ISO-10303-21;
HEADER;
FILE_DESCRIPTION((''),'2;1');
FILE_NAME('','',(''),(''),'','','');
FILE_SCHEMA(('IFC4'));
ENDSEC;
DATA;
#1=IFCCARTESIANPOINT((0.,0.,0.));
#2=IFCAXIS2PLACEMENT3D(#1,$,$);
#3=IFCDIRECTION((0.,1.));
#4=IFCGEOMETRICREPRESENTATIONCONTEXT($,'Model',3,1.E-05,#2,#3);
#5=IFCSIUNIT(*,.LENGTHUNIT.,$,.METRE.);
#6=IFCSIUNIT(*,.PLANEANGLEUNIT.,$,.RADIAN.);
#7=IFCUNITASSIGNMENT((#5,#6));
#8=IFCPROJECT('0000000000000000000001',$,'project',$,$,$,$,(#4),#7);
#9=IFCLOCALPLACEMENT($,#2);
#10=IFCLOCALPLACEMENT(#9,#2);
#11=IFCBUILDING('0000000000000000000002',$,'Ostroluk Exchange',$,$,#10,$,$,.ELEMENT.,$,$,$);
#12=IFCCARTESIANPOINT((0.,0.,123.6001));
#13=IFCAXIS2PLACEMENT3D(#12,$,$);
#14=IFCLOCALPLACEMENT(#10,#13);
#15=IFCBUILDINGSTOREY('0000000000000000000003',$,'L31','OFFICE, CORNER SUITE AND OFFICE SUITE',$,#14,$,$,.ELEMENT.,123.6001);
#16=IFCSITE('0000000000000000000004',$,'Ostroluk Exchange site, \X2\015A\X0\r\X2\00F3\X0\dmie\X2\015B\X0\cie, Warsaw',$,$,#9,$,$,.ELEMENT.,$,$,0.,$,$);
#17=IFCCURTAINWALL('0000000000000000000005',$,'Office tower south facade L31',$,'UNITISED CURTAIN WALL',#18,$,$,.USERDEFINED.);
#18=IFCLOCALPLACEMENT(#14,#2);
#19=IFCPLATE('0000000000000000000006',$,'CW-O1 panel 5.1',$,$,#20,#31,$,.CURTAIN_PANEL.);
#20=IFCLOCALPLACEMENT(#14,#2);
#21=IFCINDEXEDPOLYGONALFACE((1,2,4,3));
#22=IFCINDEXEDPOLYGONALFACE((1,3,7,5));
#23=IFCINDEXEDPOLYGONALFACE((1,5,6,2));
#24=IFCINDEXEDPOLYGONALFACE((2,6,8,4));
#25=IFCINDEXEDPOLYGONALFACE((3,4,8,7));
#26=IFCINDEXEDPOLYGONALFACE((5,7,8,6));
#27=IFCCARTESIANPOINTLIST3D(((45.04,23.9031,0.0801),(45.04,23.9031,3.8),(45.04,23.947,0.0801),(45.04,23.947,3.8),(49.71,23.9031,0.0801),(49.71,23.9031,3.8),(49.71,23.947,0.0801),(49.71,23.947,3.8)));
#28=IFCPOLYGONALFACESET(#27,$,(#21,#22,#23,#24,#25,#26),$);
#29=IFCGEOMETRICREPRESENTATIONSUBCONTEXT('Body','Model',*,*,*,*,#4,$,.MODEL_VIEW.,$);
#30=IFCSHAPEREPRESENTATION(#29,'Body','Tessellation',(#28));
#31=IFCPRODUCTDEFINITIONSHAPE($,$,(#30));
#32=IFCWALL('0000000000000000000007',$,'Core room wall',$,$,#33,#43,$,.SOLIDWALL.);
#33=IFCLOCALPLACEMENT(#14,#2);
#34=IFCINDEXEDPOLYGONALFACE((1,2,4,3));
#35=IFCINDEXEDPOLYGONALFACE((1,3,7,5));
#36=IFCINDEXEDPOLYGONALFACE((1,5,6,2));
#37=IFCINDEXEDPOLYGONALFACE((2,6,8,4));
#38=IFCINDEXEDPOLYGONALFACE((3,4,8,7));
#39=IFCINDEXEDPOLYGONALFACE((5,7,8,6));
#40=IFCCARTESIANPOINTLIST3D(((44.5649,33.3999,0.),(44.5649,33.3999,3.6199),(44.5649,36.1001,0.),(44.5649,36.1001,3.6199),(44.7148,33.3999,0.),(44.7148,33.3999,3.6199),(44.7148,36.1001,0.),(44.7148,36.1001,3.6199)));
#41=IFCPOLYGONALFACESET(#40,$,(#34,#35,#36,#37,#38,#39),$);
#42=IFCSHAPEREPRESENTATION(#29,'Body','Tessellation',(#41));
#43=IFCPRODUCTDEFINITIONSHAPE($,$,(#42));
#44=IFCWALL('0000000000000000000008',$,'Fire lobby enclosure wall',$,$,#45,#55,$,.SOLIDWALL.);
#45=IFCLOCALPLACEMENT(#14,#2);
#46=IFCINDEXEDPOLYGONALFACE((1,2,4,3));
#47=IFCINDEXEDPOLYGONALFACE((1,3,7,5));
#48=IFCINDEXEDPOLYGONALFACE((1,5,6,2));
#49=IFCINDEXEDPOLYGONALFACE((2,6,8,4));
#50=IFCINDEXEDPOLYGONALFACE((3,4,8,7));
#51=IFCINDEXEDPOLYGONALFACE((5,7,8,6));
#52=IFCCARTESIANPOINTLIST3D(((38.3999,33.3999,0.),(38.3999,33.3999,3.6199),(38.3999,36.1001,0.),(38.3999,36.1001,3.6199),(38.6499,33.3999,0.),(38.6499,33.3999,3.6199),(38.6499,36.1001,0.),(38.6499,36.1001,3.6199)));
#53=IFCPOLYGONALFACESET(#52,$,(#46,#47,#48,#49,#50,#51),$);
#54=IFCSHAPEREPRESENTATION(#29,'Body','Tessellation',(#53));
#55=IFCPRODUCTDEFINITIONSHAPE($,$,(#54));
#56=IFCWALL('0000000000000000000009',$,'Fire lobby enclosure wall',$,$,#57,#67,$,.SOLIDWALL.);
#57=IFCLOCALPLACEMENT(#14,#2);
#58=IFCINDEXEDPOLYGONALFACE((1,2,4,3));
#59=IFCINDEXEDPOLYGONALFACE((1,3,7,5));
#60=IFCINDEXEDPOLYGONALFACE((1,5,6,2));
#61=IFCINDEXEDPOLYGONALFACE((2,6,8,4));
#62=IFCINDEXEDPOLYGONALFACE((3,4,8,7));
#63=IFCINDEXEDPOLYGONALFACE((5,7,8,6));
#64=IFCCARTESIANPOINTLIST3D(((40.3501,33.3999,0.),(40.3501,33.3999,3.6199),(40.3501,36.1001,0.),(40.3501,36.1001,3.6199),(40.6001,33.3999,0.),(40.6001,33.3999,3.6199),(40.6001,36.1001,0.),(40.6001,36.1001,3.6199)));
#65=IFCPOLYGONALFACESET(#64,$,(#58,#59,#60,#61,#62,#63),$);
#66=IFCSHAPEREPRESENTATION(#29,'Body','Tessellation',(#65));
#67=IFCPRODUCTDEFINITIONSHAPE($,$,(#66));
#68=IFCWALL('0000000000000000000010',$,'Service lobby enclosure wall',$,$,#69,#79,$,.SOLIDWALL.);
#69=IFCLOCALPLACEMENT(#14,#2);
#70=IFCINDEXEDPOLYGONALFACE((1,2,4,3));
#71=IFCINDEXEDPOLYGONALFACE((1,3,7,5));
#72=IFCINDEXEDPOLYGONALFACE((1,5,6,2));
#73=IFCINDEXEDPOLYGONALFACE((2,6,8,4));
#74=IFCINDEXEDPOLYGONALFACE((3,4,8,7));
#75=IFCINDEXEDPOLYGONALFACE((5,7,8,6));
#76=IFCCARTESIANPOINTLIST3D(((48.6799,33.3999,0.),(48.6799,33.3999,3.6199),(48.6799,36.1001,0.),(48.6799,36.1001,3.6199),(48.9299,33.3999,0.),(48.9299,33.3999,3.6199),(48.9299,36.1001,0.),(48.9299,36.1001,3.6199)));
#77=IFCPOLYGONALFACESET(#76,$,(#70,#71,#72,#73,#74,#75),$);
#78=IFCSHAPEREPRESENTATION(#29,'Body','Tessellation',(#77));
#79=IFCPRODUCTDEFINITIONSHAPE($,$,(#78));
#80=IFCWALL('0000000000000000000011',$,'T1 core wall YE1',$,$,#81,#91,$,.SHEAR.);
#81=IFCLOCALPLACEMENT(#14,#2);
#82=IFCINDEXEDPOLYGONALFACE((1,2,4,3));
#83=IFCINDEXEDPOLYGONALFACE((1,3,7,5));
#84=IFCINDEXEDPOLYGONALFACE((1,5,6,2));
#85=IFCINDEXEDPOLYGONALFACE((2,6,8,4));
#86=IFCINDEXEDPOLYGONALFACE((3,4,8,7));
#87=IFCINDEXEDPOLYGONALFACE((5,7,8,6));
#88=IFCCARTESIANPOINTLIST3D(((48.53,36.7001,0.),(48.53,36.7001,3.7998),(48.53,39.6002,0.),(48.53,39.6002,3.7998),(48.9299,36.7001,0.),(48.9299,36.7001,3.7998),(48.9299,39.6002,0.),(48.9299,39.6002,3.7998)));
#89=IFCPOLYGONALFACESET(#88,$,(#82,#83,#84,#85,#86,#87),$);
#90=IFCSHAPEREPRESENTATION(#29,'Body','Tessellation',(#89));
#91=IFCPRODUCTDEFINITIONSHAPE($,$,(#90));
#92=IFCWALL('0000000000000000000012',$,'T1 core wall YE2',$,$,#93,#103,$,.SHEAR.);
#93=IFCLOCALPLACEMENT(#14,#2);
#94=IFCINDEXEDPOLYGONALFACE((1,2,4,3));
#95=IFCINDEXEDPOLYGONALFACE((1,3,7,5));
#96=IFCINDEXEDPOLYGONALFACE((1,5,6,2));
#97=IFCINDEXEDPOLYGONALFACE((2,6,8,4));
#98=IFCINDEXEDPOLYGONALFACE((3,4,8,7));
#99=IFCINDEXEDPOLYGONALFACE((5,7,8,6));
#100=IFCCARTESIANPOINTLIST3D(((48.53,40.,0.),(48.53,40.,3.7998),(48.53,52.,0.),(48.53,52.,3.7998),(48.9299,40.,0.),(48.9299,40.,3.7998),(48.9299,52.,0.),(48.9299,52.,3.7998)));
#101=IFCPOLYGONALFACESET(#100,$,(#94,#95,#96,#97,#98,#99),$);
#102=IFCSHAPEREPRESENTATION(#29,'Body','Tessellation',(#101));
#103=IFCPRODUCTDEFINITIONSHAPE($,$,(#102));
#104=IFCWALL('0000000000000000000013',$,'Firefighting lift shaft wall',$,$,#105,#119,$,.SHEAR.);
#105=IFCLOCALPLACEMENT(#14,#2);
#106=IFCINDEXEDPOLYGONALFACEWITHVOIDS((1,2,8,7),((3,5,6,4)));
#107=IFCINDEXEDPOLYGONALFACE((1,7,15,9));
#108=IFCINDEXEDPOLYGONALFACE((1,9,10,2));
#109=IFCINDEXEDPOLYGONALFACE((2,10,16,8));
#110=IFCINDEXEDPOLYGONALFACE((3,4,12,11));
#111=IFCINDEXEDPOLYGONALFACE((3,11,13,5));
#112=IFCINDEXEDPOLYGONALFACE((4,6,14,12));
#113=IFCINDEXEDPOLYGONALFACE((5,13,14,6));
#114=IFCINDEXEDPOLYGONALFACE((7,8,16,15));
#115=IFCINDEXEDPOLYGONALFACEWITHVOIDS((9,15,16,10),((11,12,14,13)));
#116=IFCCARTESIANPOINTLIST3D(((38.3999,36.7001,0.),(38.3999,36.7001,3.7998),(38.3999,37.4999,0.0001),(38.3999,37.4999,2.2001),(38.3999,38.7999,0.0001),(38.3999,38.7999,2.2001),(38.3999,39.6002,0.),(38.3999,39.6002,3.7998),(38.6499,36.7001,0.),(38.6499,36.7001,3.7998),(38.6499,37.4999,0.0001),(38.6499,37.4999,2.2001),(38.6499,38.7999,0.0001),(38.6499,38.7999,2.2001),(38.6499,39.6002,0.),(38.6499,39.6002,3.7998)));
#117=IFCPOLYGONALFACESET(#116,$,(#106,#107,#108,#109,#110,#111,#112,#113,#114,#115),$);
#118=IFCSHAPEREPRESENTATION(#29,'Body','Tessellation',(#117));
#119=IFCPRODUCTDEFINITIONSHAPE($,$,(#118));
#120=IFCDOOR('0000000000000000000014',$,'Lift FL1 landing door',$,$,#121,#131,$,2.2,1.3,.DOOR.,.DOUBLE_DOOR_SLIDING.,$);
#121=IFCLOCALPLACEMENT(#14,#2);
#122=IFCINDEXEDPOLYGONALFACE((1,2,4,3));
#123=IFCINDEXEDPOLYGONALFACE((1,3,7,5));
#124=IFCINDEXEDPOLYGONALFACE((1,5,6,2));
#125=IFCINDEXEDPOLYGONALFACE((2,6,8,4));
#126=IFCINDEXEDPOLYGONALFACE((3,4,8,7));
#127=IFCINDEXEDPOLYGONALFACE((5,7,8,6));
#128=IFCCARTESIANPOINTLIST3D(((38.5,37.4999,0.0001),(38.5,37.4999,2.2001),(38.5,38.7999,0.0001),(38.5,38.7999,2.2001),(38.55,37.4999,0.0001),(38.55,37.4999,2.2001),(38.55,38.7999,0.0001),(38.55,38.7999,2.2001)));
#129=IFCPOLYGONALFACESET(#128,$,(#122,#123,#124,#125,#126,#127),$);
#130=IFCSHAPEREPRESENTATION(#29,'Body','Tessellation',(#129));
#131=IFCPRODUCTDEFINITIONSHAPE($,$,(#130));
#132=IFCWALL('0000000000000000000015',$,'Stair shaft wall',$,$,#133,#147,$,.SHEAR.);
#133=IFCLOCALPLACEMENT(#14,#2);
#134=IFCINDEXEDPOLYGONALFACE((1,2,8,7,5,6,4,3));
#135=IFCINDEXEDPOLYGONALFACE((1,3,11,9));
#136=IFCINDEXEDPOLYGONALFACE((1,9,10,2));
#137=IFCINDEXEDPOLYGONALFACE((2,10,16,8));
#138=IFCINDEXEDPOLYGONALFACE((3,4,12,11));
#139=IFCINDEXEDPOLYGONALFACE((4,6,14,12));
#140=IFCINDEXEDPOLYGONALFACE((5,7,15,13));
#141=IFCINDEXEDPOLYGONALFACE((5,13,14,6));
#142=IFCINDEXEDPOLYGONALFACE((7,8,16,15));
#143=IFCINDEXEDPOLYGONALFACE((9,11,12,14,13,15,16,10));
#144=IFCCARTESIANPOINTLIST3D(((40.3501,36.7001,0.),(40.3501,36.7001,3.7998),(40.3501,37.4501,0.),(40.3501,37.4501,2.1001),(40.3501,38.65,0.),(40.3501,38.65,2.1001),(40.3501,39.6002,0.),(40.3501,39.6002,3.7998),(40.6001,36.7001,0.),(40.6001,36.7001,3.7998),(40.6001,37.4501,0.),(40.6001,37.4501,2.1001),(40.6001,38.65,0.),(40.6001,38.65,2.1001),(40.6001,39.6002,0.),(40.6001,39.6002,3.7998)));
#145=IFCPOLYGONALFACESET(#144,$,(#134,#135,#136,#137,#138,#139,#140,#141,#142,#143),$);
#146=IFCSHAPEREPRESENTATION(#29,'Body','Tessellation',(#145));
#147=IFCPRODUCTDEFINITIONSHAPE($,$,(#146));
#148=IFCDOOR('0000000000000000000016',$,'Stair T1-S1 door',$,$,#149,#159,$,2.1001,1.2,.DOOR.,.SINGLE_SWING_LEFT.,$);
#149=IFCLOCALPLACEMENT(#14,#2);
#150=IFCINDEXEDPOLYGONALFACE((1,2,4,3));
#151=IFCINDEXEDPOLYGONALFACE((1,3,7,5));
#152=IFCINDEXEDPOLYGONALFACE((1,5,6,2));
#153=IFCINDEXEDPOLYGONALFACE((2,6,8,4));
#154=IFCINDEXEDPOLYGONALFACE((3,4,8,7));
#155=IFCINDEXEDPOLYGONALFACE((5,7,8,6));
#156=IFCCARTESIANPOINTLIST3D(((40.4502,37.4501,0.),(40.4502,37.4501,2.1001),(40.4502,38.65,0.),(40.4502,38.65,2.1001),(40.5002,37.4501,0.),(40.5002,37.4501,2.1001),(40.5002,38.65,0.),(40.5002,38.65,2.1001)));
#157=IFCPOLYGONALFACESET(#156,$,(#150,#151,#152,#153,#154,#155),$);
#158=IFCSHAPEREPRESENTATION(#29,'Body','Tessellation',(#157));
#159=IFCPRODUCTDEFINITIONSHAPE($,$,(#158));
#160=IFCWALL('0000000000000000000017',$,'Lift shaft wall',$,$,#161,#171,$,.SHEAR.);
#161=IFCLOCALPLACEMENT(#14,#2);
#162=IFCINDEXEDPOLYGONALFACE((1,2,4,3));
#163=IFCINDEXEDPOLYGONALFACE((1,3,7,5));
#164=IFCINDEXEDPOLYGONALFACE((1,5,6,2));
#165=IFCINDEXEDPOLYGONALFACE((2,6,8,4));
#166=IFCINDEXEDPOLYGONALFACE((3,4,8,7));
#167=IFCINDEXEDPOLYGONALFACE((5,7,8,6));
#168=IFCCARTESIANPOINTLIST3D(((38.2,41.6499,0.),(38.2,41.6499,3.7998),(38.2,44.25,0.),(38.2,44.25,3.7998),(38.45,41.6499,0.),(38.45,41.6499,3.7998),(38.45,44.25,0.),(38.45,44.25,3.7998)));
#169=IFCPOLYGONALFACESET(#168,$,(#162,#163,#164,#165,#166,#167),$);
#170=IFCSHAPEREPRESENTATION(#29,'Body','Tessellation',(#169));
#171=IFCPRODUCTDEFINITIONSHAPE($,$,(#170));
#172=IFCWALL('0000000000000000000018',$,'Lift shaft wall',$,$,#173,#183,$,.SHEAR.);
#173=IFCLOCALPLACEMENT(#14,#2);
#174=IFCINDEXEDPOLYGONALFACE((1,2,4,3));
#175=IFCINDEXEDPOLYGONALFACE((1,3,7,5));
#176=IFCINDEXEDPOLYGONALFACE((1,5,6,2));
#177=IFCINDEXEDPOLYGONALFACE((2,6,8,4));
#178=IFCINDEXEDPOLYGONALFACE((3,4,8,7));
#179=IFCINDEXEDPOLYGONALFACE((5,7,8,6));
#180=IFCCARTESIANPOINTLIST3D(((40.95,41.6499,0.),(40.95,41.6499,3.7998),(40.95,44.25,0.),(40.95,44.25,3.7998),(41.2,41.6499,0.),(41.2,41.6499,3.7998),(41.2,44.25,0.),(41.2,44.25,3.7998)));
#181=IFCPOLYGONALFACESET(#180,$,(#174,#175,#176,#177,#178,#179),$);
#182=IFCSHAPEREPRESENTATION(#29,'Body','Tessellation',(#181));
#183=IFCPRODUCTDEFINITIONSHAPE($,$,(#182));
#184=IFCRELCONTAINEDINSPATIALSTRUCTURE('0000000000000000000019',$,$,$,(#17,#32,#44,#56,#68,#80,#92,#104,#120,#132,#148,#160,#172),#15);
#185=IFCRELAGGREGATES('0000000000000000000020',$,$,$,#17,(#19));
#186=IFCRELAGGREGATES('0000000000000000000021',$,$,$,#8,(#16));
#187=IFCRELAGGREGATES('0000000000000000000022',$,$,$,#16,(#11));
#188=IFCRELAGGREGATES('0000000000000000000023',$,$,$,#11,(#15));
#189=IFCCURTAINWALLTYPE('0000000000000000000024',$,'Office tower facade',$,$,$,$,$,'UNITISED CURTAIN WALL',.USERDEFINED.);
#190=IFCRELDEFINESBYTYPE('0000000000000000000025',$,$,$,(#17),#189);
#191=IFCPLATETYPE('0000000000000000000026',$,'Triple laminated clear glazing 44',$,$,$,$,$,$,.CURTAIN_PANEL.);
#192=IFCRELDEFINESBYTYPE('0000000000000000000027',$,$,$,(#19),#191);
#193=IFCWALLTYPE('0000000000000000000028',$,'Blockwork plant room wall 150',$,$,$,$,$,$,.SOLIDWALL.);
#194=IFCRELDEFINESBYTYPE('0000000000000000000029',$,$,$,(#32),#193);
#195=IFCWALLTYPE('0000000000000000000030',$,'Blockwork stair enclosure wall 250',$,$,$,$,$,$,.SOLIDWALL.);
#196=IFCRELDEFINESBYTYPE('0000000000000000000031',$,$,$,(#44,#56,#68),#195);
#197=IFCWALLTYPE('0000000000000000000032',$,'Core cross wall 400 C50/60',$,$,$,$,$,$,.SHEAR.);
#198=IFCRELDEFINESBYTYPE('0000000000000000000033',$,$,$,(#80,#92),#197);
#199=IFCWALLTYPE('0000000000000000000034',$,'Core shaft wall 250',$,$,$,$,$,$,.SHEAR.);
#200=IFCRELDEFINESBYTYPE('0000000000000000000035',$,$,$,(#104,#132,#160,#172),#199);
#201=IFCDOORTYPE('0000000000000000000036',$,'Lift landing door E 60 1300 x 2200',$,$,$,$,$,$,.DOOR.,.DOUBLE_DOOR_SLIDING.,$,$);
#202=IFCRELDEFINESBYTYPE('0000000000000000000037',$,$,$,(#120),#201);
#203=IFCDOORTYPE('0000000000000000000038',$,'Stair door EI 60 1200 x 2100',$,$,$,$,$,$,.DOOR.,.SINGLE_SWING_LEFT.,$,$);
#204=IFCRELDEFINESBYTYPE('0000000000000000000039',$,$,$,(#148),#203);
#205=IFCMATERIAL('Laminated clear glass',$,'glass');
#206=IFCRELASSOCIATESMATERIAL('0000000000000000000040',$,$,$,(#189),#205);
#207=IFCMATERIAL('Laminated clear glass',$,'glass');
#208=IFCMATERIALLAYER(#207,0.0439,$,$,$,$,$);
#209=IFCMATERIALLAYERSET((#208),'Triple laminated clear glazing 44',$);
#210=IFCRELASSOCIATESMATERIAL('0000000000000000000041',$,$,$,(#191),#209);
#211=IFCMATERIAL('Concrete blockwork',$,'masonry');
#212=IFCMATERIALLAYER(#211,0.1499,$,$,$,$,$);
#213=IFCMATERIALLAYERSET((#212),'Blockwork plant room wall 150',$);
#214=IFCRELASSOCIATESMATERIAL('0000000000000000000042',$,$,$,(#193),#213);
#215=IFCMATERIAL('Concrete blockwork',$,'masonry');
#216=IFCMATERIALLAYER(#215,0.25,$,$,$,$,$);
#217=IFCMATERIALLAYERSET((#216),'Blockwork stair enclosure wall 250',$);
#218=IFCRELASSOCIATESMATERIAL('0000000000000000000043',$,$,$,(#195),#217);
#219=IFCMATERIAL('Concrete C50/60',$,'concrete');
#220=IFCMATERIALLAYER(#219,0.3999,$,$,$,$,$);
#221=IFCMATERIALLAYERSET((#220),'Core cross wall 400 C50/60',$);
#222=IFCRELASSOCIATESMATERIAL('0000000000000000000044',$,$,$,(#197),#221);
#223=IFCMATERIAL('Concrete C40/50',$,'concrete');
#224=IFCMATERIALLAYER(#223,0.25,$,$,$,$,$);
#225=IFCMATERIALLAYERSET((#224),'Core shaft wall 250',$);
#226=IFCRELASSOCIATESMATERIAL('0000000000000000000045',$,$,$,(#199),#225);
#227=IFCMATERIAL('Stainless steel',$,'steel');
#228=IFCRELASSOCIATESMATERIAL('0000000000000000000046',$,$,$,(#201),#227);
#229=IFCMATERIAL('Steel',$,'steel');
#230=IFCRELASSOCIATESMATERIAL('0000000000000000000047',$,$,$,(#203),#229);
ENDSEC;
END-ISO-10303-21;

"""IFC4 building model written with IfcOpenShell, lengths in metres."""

from ifc_helpers import new_model, si_unit, direction, frame, frame_2d, origin, origin_2d, place, context, subcontext, project, spatial, rectangle, extrude, material, layer, layer_set, type_object, element, fill, aggregate, save


model = new_model("IFC4")

# Units and contexts
model_context = context("Model", 3, precision=1e-05, world=origin(), true_north=direction((0.0, 1.0)))
body_context = subcontext(model_context, "Body", "Model", "MODEL_VIEW")
ifc_project = project(units=[si_unit("LENGTHUNIT", "METRE"), si_unit("PLANEANGLEUNIT", "RADIAN")], contexts=[model_context])

# Site, building, storey
site_placement = place(None, origin())
site = spatial("IfcSite", under=ifc_project, at=site_placement, Name="Ostroluk Exchange site, Śródmieście, Warsaw", CompositionType="ELEMENT", RefElevation=0.0)
building_placement = place(site_placement, origin())
building = spatial("IfcBuilding", under=site, at=building_placement, Name="Ostroluk Exchange", CompositionType="ELEMENT")
storey_placement = place(building_placement, frame((0.0, 0.0, 123.6001)))
storey = spatial("IfcBuildingStorey", under=building, at=storey_placement, Name="L31", Description="OFFICE, CORNER SUITE AND OFFICE SUITE", CompositionType="ELEMENT", Elevation=123.6001)

# Curtain wall, plate
ifc_material_1 = material(Name="Laminated clear glass", Category="glass")
curtain_wall_type = type_object("IfcCurtainWallType", Name="Office tower facade", ElementType="UNITISED CURTAIN WALL", PredefinedType="USERDEFINED", material=ifc_material_1)
curtain_wall_placement = place(storey_placement, origin())
curtain_wall = element("IfcCurtainWall", 1, at=curtain_wall_placement, inside=storey, type_object=curtain_wall_type, Name="Office tower south facade L31", ObjectType="UNITISED CURTAIN WALL", PredefinedType="USERDEFINED")
ifc_material_2 = material(Name="Laminated clear glass", Category="glass")
ifc_layer_1 = layer(ifc_material_2, 0.0439)
ifc_layer_set_1 = layer_set([ifc_layer_1], Name="Triple laminated clear glazing 44")
plate_type = type_object("IfcPlateType", Name="Triple laminated clear glazing 44", PredefinedType="CURTAIN_PANEL", material=ifc_layer_set_1)
plate_1_placement = place(storey_placement, frame((47.375, 23.925, 0.0801), z_axis=(0.0, 0.0, 1.0), x_axis=(1.0, 0.0, 0.0)))
plate_1 = element("IfcPlate", 2, at=plate_1_placement, type_object=plate_type, Name="CW-O1 panel 5.1", PredefinedType="CURTAIN_PANEL", context=body_context, shape_type="SweptSolid", body=[
    extrude(rectangle(XDim=4.6699, YDim=0.0439, at=origin_2d()), origin(), (0.0, 0.0, 1.0), 3.72),
])
aggregate(curtain_wall, [plate_1])

# Walls
ifc_material_3 = material(Name="Concrete blockwork", Category="masonry")
ifc_layer_2 = layer(ifc_material_3, 0.1499)
ifc_layer_set_2 = layer_set([ifc_layer_2], Name="Blockwork plant room wall 150")
wall_type_1 = type_object("IfcWallType", Name="Blockwork plant room wall 150", PredefinedType="SOLIDWALL", material=ifc_layer_set_2)
wall_1_placement = place(storey_placement, frame((44.6399, 33.3999, 0.0), z_axis=(0.0, 0.0, 1.0), x_axis=(0.0, 1.0, 0.0)))
element("IfcWall", 3, at=wall_1_placement, inside=storey, type_object=wall_type_1, Name="Core room wall", PredefinedType="SOLIDWALL", context=body_context, shape_type="SweptSolid", body=[
    extrude(rectangle(XDim=2.7002, YDim=0.1499, at=frame_2d((1.3501, 0.0))), origin(), (0.0, 0.0, 1.0), 3.6199),
])
ifc_material_4 = material(Name="Concrete blockwork", Category="masonry")
ifc_layer_3 = layer(ifc_material_4, 0.25)
ifc_layer_set_3 = layer_set([ifc_layer_3], Name="Blockwork stair enclosure wall 250")
wall_type_2 = type_object("IfcWallType", Name="Blockwork stair enclosure wall 250", PredefinedType="SOLIDWALL", material=ifc_layer_set_3)
for number, where, z_axis, x_axis, name in (
    (4, (38.5249, 33.3999, 0.0), (0.0, 0.0, 1.0), (0.0, 1.0, 0.0), "Fire lobby enclosure wall"),
    (5, (40.4751, 33.3999, 0.0), (0.0, 0.0, 1.0), (0.0, 1.0, 0.0), "Fire lobby enclosure wall"),
    (6, (48.8049, 33.3999, 0.0), (0.0, 0.0, 1.0), (0.0, 1.0, 0.0), "Service lobby enclosure wall"),
):
    element("IfcWall", number, at=place(storey_placement, frame(where, z_axis=z_axis, x_axis=x_axis)), inside=storey, type_object=wall_type_2, Name=name, PredefinedType="SOLIDWALL", context=body_context, shape_type="SweptSolid", body=[
        extrude(rectangle(XDim=2.7002, YDim=0.25, at=frame_2d((1.3501, 0.0))), origin(), (0.0, 0.0, 1.0), 3.6199),
    ])
ifc_material_5 = material(Name="Concrete C50/60", Category="concrete")
ifc_layer_4 = layer(ifc_material_5, 0.3999)
ifc_layer_set_4 = layer_set([ifc_layer_4], Name="Core cross wall 400 C50/60")
wall_type_3 = type_object("IfcWallType", Name="Core cross wall 400 C50/60", PredefinedType="SHEAR", material=ifc_layer_set_4)
wall_2_placement = place(storey_placement, frame((48.73, 36.7, 0.0), z_axis=(0.0, 0.0, 1.0), x_axis=(0.0, 1.0, 0.0)))
element("IfcWall", 7, at=wall_2_placement, inside=storey, type_object=wall_type_3, Name="T1 core wall YE1", PredefinedType="SHEAR", context=body_context, shape_type="SweptSolid", body=[
    extrude(rectangle(XDim=2.9001, YDim=0.3999, at=frame_2d((1.4502, 0.0))), origin(), (0.0, 0.0, 1.0), 3.7998),
])
wall_3_placement = place(storey_placement, frame((48.73, 40.0, 0.0), z_axis=(0.0, 0.0, 1.0), x_axis=(0.0, 1.0, 0.0)))
element("IfcWall", 8, at=wall_3_placement, inside=storey, type_object=wall_type_3, Name="T1 core wall YE2", PredefinedType="SHEAR", context=body_context, shape_type="SweptSolid", body=[
    extrude(rectangle(XDim=12.0, YDim=0.3999, at=frame_2d((6.0, 0.0))), origin(), (0.0, 0.0, 1.0), 3.7998),
])

# Walls, openings, doors
ifc_material_6 = material(Name="Concrete C40/50", Category="concrete")
ifc_layer_5 = layer(ifc_material_6, 0.25)
ifc_layer_set_5 = layer_set([ifc_layer_5], Name="Core shaft wall 250")
wall_type_4 = type_object("IfcWallType", Name="Core shaft wall 250", PredefinedType="SHEAR", material=ifc_layer_set_5)
wall_4_placement = place(storey_placement, frame((38.5249, 36.7, 0.0), z_axis=(0.0, 0.0, 1.0), x_axis=(0.0, 1.0, 0.0)))
wall_4 = element("IfcWall", 9, at=wall_4_placement, inside=storey, type_object=wall_type_4, Name="Firefighting lift shaft wall", PredefinedType="SHEAR", context=body_context, shape_type="SweptSolid", body=[
    extrude(rectangle(XDim=2.9001, YDim=0.25, at=frame_2d((1.4502, 0.0))), origin(), (0.0, 0.0, 1.0), 3.7998),
])
opening_1_placement = place(wall_4_placement, frame((0.8, 0.0, 0.0)))
opening_1 = element("IfcOpeningElement", 10, at=opening_1_placement, cuts=wall_4, PredefinedType="OPENING", context=body_context, shape_type="SweptSolid", body=[
    extrude(rectangle(XDim=1.3, YDim=2.2, at=frame_2d((0.6499, 1.1001))), frame((0.0, 0.135, 0.0), z_axis=(0.0, -1.0, 0.0), x_axis=(1.0, 0.0, 0.0)), (0.0, 0.0, 1.0), 0.27),
])
ifc_material_7 = material(Name="Stainless steel", Category="steel")
door_type_1 = type_object("IfcDoorType", Name="Lift landing door E 60 1300 x 2200", OperationType="DOUBLE_DOOR_SLIDING", PredefinedType="DOOR", material=ifc_material_7)
door_1_placement = place(opening_1_placement, origin())
door_1 = element("IfcDoor", 11, at=door_1_placement, inside=storey, type_object=door_type_1, Name="Lift FL1 landing door", OperationType="DOUBLE_DOOR_SLIDING", OverallHeight=2.2, OverallWidth=1.3, PredefinedType="DOOR", context=body_context, shape_type="SweptSolid", body=[
    extrude(rectangle(XDim=1.3, YDim=2.2, at=frame_2d((0.6499, 1.1001))), frame((0.0, 0.0249, 0.0), z_axis=(0.0, -1.0, 0.0), x_axis=(1.0, 0.0, 0.0)), (0.0, 0.0, 1.0), 0.05),
])
fill(opening_1, door_1)
wall_5_placement = place(storey_placement, frame((40.4751, 36.7, 0.0), z_axis=(0.0, 0.0, 1.0), x_axis=(0.0, 1.0, 0.0)))
wall_5 = element("IfcWall", 12, at=wall_5_placement, inside=storey, type_object=wall_type_4, Name="Stair shaft wall", PredefinedType="SHEAR", context=body_context, shape_type="SweptSolid", body=[
    extrude(rectangle(XDim=2.9001, YDim=0.25, at=frame_2d((1.4502, 0.0))), origin(), (0.0, 0.0, 1.0), 3.7998),
])
opening_2_placement = place(wall_5_placement, frame((0.75, 0.0, 0.0)))
opening_2 = element("IfcOpeningElement", 13, at=opening_2_placement, cuts=wall_5, PredefinedType="OPENING", context=body_context, shape_type="SweptSolid", body=[
    extrude(rectangle(XDim=1.2, YDim=2.1001, at=frame_2d((0.6001, 1.05))), frame((0.0, 0.135, 0.0), z_axis=(0.0, -1.0, 0.0), x_axis=(1.0, 0.0, 0.0)), (0.0, 0.0, 1.0), 0.27),
])
ifc_material_8 = material(Name="Steel", Category="steel")
door_type_2 = type_object("IfcDoorType", Name="Stair door EI 60 1200 x 2100", OperationType="SINGLE_SWING_LEFT", PredefinedType="DOOR", material=ifc_material_8)
door_2_placement = place(opening_2_placement, origin())
door_2 = element("IfcDoor", 14, at=door_2_placement, inside=storey, type_object=door_type_2, Name="Stair T1-S1 door", OperationType="SINGLE_SWING_LEFT", OverallHeight=2.1001, OverallWidth=1.2, PredefinedType="DOOR", context=body_context, shape_type="SweptSolid", body=[
    extrude(rectangle(XDim=1.2, YDim=2.1001, at=frame_2d((0.6001, 1.05))), frame((0.0, 0.0249, 0.0), z_axis=(0.0, -1.0, 0.0), x_axis=(1.0, 0.0, 0.0)), (0.0, 0.0, 1.0), 0.05),
])
fill(opening_2, door_2)

# Walls
for number, where, z_axis, x_axis, name in (
    (15, (38.325, 44.25, 0.0), (0.0, 0.0, 1.0), (0.0, -1.0, 0.0), "Lift shaft wall"),
    (16, (41.075, 44.25, 0.0), (0.0, 0.0, 1.0), (0.0, -1.0, 0.0), "Lift shaft wall"),
):
    element("IfcWall", number, at=place(storey_placement, frame(where, z_axis=z_axis, x_axis=x_axis)), inside=storey, type_object=wall_type_4, Name=name, PredefinedType="SHEAR", context=body_context, shape_type="SweptSolid", body=[
        extrude(rectangle(XDim=2.6001, YDim=0.25, at=frame_2d((1.3, 0.0))), origin(), (0.0, 0.0, 1.0), 3.7998),
    ])

save(model, "model.ifc")
